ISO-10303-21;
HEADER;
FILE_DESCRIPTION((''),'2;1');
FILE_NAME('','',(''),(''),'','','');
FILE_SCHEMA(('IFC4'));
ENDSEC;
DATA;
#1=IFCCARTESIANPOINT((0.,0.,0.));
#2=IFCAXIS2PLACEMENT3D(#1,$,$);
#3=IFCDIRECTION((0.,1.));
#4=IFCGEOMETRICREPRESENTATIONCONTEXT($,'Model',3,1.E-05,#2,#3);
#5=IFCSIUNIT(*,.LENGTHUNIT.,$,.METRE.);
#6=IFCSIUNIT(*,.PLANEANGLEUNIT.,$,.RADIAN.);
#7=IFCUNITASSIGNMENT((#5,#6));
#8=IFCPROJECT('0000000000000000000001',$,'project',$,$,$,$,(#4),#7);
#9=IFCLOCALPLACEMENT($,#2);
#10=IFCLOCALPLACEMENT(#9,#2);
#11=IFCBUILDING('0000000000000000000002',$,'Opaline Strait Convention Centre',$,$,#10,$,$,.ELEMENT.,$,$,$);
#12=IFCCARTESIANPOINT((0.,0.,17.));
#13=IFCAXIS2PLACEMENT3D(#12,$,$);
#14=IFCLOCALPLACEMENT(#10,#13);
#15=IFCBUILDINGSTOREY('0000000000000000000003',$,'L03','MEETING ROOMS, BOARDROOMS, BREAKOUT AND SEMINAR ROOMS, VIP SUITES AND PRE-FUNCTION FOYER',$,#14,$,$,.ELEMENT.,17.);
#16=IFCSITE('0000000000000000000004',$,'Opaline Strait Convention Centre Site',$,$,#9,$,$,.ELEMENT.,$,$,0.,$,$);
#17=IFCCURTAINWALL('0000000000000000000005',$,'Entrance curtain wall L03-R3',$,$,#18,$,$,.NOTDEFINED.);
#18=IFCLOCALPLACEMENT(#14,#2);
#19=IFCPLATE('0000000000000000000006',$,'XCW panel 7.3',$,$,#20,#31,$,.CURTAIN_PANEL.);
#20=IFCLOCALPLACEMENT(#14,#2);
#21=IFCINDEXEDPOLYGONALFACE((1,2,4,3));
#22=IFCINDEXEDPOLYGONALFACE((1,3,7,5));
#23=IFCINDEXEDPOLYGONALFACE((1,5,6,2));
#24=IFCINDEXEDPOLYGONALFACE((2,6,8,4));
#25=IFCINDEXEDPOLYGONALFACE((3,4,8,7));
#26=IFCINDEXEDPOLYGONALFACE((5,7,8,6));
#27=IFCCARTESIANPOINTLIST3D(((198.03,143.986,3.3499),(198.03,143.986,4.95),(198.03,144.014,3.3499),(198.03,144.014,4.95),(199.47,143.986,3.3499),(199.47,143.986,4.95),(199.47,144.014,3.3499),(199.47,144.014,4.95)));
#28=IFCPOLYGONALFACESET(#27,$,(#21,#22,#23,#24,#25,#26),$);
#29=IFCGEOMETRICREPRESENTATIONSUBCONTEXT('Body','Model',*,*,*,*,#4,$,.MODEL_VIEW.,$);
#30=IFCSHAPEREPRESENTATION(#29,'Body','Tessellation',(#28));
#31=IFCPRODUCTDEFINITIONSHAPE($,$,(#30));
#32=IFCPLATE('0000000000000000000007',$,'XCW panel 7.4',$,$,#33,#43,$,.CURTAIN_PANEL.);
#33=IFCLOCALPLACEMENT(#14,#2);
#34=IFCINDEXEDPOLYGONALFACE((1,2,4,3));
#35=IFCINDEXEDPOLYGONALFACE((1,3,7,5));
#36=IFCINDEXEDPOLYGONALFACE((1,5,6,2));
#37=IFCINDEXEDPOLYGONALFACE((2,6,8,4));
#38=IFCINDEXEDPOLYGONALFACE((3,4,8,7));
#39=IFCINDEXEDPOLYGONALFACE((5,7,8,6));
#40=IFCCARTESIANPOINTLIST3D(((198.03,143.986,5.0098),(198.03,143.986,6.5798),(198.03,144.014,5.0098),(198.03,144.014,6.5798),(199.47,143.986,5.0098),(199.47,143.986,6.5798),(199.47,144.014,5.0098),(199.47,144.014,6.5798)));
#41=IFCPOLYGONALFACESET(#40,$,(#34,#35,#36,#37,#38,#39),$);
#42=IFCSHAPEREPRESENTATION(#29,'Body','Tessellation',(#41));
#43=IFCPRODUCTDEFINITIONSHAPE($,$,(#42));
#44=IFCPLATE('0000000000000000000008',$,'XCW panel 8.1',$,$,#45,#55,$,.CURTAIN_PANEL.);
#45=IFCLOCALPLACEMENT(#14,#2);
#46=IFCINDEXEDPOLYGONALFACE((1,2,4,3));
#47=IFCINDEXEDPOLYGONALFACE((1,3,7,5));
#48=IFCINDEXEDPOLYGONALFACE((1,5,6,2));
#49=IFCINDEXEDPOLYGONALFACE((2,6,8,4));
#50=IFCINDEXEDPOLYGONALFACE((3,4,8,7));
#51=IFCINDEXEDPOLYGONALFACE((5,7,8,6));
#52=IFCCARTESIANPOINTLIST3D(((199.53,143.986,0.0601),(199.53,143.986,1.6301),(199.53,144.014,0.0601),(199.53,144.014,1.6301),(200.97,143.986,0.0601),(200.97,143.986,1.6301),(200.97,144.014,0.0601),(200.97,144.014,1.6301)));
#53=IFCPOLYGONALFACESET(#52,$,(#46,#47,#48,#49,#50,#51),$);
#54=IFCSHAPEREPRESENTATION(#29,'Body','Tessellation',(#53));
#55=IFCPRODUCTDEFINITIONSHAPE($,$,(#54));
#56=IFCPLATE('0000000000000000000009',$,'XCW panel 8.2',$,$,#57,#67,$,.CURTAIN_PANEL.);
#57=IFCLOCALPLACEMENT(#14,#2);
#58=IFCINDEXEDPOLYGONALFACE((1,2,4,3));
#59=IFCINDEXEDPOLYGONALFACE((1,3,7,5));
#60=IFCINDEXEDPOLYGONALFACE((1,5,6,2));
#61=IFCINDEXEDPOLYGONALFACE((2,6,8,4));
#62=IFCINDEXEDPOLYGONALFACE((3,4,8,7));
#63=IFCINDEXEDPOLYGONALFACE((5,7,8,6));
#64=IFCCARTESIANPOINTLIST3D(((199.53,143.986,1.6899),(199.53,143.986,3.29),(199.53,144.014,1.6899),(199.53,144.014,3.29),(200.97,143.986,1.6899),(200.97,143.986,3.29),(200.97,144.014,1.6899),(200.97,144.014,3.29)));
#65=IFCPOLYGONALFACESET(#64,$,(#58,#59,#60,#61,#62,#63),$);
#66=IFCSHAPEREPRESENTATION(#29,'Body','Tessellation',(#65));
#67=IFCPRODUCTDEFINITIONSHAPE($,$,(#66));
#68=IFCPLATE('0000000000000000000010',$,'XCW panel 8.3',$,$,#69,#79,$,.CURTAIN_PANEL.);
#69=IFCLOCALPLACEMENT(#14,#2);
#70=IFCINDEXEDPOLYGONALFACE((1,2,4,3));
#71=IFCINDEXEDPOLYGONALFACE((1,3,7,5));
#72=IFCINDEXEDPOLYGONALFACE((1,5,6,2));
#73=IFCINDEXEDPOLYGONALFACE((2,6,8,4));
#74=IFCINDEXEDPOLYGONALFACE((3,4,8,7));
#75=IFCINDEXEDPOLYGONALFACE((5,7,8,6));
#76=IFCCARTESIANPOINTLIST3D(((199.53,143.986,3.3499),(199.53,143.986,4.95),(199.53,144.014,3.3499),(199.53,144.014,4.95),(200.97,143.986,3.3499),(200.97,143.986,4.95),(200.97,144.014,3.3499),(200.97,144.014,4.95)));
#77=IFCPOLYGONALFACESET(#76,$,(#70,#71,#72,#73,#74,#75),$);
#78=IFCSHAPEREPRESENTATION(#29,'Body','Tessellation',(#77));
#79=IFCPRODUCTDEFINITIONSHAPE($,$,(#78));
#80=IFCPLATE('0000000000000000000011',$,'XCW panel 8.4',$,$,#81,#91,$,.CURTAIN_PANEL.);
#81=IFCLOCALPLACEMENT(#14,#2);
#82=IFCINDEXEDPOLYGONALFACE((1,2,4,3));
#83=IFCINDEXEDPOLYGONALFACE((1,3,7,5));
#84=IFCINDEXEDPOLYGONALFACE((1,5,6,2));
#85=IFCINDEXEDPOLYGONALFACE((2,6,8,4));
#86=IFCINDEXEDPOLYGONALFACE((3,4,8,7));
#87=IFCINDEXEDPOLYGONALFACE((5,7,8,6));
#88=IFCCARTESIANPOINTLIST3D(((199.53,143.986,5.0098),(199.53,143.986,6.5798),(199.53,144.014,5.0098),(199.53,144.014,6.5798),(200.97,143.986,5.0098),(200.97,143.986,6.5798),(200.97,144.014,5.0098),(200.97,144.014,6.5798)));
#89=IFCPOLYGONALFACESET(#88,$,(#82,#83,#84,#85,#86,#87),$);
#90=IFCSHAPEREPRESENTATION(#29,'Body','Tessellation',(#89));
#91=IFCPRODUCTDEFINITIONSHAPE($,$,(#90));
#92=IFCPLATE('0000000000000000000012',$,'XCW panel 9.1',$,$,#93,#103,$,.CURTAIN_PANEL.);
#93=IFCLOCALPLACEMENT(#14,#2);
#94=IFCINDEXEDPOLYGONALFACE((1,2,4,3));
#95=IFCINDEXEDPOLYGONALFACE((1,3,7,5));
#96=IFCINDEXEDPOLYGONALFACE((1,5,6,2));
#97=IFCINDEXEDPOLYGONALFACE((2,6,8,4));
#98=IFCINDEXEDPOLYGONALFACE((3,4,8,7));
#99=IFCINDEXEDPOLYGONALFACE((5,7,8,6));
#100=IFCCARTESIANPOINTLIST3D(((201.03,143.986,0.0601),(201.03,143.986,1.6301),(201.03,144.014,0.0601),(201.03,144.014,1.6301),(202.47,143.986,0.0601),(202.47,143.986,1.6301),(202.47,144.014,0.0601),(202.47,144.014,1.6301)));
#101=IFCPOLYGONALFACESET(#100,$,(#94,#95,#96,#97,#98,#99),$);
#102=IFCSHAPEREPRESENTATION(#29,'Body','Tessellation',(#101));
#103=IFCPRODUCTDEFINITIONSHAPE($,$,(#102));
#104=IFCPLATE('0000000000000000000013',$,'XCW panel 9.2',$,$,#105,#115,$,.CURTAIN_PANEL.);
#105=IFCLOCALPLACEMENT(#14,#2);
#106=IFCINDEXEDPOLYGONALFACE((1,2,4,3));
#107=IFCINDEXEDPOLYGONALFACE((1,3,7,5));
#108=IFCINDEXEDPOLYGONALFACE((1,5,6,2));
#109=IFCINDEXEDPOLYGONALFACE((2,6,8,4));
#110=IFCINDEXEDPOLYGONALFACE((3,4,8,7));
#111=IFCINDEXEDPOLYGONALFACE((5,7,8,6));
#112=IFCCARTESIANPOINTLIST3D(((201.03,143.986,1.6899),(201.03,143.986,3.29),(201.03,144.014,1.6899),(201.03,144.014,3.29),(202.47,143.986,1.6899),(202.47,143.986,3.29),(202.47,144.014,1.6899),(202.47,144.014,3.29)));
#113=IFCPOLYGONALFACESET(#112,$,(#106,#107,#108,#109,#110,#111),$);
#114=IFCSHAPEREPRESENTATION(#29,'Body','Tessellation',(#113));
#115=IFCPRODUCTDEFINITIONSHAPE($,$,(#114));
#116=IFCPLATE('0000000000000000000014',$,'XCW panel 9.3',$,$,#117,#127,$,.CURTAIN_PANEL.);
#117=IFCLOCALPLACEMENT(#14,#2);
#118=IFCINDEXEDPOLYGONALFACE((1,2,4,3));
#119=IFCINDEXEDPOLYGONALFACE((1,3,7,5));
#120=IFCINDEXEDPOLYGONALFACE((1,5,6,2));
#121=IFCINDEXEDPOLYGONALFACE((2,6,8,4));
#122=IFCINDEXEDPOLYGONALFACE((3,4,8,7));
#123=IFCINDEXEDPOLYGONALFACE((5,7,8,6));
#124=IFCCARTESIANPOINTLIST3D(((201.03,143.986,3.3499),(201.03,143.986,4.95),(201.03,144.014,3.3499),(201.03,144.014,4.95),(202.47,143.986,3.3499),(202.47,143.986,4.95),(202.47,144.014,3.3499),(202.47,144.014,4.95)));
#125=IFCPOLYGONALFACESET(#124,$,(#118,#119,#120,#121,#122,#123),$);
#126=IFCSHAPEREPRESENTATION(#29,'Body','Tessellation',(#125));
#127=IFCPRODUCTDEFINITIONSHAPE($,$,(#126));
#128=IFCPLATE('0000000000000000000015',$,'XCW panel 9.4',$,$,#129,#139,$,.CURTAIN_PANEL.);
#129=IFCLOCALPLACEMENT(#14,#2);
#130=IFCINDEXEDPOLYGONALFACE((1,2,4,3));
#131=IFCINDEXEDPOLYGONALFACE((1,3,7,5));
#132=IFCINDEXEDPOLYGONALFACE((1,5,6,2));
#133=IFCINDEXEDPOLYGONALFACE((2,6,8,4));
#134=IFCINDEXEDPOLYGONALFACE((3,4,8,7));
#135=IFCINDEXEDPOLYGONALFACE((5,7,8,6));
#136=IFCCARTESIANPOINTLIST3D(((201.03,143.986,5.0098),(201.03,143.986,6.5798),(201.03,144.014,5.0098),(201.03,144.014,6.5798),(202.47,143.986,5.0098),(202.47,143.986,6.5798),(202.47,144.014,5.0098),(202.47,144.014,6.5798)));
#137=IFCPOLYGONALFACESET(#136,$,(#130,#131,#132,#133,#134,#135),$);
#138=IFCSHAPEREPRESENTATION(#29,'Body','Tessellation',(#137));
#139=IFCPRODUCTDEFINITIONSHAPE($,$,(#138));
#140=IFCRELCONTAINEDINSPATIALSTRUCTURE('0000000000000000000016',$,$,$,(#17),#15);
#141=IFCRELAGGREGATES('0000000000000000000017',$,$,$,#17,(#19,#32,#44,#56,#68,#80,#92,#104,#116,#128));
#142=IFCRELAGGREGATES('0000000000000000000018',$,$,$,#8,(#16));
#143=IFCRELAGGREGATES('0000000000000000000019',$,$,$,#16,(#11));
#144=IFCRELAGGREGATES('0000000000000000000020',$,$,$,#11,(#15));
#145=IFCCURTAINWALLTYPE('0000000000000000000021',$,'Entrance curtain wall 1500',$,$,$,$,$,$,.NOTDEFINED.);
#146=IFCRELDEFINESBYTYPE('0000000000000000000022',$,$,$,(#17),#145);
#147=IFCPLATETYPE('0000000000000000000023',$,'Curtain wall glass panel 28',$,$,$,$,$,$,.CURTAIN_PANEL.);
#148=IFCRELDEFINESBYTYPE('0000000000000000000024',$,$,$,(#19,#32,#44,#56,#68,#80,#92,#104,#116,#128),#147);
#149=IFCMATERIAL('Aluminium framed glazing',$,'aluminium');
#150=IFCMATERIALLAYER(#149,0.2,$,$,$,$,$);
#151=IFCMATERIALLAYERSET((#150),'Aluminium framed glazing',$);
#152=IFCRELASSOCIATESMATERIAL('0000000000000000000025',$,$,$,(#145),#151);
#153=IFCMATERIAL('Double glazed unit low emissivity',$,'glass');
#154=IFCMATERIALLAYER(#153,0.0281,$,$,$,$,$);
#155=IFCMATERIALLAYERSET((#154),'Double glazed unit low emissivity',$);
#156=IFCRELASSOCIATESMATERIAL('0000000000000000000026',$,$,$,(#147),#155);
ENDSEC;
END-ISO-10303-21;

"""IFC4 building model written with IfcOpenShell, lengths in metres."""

from ifc_helpers import new_model, si_unit, direction, frame, origin, origin_2d, place, context, subcontext, project, spatial, rectangle, extrude, material, layer, layer_set, type_object, element, aggregate, save


model = new_model("IFC4")

# Units and contexts
model_context = context("Model", 3, precision=1e-05, world=origin(), true_north=direction((0.0, 1.0)))
body_context = subcontext(model_context, "Body", "Model", "MODEL_VIEW")
ifc_project = project(units=[si_unit("LENGTHUNIT", "METRE"), si_unit("PLANEANGLEUNIT", "RADIAN")], contexts=[model_context])

# Site, building, storey
site_placement = place(None, origin())
site = spatial("IfcSite", under=ifc_project, at=site_placement, Name="Opaline Strait Convention Centre Site", CompositionType="ELEMENT", RefElevation=0.0)
building_placement = place(site_placement, origin())
building = spatial("IfcBuilding", under=site, at=building_placement, Name="Opaline Strait Convention Centre", CompositionType="ELEMENT")
storey_placement = place(building_placement, frame((0.0, 0.0, 17.0)))
storey = spatial("IfcBuildingStorey", under=building, at=storey_placement, Name="L03", Description="MEETING ROOMS, BOARDROOMS, BREAKOUT AND SEMINAR ROOMS, VIP SUITES AND PRE-FUNCTION FOYER", CompositionType="ELEMENT", Elevation=17.0)

# Curtain wall, plates
ifc_material_1 = material(Name="Aluminium framed glazing", Category="aluminium")
ifc_layer_1 = layer(ifc_material_1, 0.2)
ifc_layer_set_1 = layer_set([ifc_layer_1], Name="Aluminium framed glazing")
curtain_wall_type = type_object("IfcCurtainWallType", Name="Entrance curtain wall 1500", PredefinedType="NOTDEFINED", material=ifc_layer_set_1)
curtain_wall_placement = place(storey_placement, origin())
curtain_wall = element("IfcCurtainWall", 1, at=curtain_wall_placement, inside=storey, type_object=curtain_wall_type, Name="Entrance curtain wall L03-R3", PredefinedType="NOTDEFINED")
ifc_material_2 = material(Name="Double glazed unit low emissivity", Category="glass")
ifc_layer_2 = layer(ifc_material_2, 0.0281)
ifc_layer_set_2 = layer_set([ifc_layer_2], Name="Double glazed unit low emissivity")
plate_type = type_object("IfcPlateType", Name="Curtain wall glass panel 28", PredefinedType="CURTAIN_PANEL", material=ifc_layer_set_2)
plate_1_placement = place(storey_placement, frame((198.75, 144.0, 3.3499), z_axis=(0.0, 0.0, 1.0), x_axis=(1.0, 0.0, 0.0)))
plate_1 = element("IfcPlate", 2, at=plate_1_placement, type_object=plate_type, Name="XCW panel 7.3", PredefinedType="CURTAIN_PANEL", context=body_context, shape_type="SweptSolid", body=[
    extrude(rectangle(XDim=1.4399, YDim=0.0281, at=origin_2d()), origin(), (0.0, 0.0, 1.0), 1.6001),
])
plate_2_placement = place(storey_placement, frame((198.75, 144.0, 5.0098), z_axis=(0.0, 0.0, 1.0), x_axis=(1.0, 0.0, 0.0)))
plate_2 = element("IfcPlate", 3, at=plate_2_placement, type_object=plate_type, Name="XCW panel 7.4", PredefinedType="CURTAIN_PANEL", context=body_context, shape_type="SweptSolid", body=[
    extrude(rectangle(XDim=1.4399, YDim=0.0281, at=origin_2d()), origin(), (0.0, 0.0, 1.0), 1.5701),
])
plate_3_placement = place(storey_placement, frame((200.25, 144.0, 0.0601), z_axis=(0.0, 0.0, 1.0), x_axis=(1.0, 0.0, 0.0)))
plate_3 = element("IfcPlate", 4, at=plate_3_placement, type_object=plate_type, Name="XCW panel 8.1", PredefinedType="CURTAIN_PANEL", context=body_context, shape_type="SweptSolid", body=[
    extrude(rectangle(XDim=1.4399, YDim=0.0281, at=origin_2d()), origin(), (0.0, 0.0, 1.0), 1.5701),
])
plate_4_placement = place(storey_placement, frame((200.25, 144.0, 1.6899), z_axis=(0.0, 0.0, 1.0), x_axis=(1.0, 0.0, 0.0)))
plate_4 = element("IfcPlate", 5, at=plate_4_placement, type_object=plate_type, Name="XCW panel 8.2", PredefinedType="CURTAIN_PANEL", context=body_context, shape_type="SweptSolid", body=[
    extrude(rectangle(XDim=1.4399, YDim=0.0281, at=origin_2d()), origin(), (0.0, 0.0, 1.0), 1.6001),
])
plate_5_placement = place(storey_placement, frame((200.25, 144.0, 3.3499), z_axis=(0.0, 0.0, 1.0), x_axis=(1.0, 0.0, 0.0)))
plate_5 = element("IfcPlate", 6, at=plate_5_placement, type_object=plate_type, Name="XCW panel 8.3", PredefinedType="CURTAIN_PANEL", context=body_context, shape_type="SweptSolid", body=[
    extrude(rectangle(XDim=1.4399, YDim=0.0281, at=origin_2d()), origin(), (0.0, 0.0, 1.0), 1.6001),
])
plate_6_placement = place(storey_placement, frame((200.25, 144.0, 5.0098), z_axis=(0.0, 0.0, 1.0), x_axis=(1.0, 0.0, 0.0)))
plate_6 = element("IfcPlate", 7, at=plate_6_placement, type_object=plate_type, Name="XCW panel 8.4", PredefinedType="CURTAIN_PANEL", context=body_context, shape_type="SweptSolid", body=[
    extrude(rectangle(XDim=1.4399, YDim=0.0281, at=origin_2d()), origin(), (0.0, 0.0, 1.0), 1.5701),
])
plate_7_placement = place(storey_placement, frame((201.75, 144.0, 0.0601), z_axis=(0.0, 0.0, 1.0), x_axis=(1.0, 0.0, 0.0)))
plate_7 = element("IfcPlate", 8, at=plate_7_placement, type_object=plate_type, Name="XCW panel 9.1", PredefinedType="CURTAIN_PANEL", context=body_context, shape_type="SweptSolid", body=[
    extrude(rectangle(XDim=1.4399, YDim=0.0281, at=origin_2d()), origin(), (0.0, 0.0, 1.0), 1.5701),
])
plate_8_placement = place(storey_placement, frame((201.75, 144.0, 1.6899), z_axis=(0.0, 0.0, 1.0), x_axis=(1.0, 0.0, 0.0)))
plate_8 = element("IfcPlate", 9, at=plate_8_placement, type_object=plate_type, Name="XCW panel 9.2", PredefinedType="CURTAIN_PANEL", context=body_context, shape_type="SweptSolid", body=[
    extrude(rectangle(XDim=1.4399, YDim=0.0281, at=origin_2d()), origin(), (0.0, 0.0, 1.0), 1.6001),
])
plate_9_placement = place(storey_placement, frame((201.75, 144.0, 3.3499), z_axis=(0.0, 0.0, 1.0), x_axis=(1.0, 0.0, 0.0)))
plate_9 = element("IfcPlate", 10, at=plate_9_placement, type_object=plate_type, Name="XCW panel 9.3", PredefinedType="CURTAIN_PANEL", context=body_context, shape_type="SweptSolid", body=[
    extrude(rectangle(XDim=1.4399, YDim=0.0281, at=origin_2d()), origin(), (0.0, 0.0, 1.0), 1.6001),
])
plate_10_placement = place(storey_placement, frame((201.75, 144.0, 5.0098), z_axis=(0.0, 0.0, 1.0), x_axis=(1.0, 0.0, 0.0)))
plate_10 = element("IfcPlate", 11, at=plate_10_placement, type_object=plate_type, Name="XCW panel 9.4", PredefinedType="CURTAIN_PANEL", context=body_context, shape_type="SweptSolid", body=[
    extrude(rectangle(XDim=1.4399, YDim=0.0281, at=origin_2d()), origin(), (0.0, 0.0, 1.0), 1.5701),
])
aggregate(curtain_wall, [plate_1, plate_2, plate_3, plate_4, plate_5, plate_6, plate_7, plate_8, plate_9, plate_10])

save(model, "model.ifc")
